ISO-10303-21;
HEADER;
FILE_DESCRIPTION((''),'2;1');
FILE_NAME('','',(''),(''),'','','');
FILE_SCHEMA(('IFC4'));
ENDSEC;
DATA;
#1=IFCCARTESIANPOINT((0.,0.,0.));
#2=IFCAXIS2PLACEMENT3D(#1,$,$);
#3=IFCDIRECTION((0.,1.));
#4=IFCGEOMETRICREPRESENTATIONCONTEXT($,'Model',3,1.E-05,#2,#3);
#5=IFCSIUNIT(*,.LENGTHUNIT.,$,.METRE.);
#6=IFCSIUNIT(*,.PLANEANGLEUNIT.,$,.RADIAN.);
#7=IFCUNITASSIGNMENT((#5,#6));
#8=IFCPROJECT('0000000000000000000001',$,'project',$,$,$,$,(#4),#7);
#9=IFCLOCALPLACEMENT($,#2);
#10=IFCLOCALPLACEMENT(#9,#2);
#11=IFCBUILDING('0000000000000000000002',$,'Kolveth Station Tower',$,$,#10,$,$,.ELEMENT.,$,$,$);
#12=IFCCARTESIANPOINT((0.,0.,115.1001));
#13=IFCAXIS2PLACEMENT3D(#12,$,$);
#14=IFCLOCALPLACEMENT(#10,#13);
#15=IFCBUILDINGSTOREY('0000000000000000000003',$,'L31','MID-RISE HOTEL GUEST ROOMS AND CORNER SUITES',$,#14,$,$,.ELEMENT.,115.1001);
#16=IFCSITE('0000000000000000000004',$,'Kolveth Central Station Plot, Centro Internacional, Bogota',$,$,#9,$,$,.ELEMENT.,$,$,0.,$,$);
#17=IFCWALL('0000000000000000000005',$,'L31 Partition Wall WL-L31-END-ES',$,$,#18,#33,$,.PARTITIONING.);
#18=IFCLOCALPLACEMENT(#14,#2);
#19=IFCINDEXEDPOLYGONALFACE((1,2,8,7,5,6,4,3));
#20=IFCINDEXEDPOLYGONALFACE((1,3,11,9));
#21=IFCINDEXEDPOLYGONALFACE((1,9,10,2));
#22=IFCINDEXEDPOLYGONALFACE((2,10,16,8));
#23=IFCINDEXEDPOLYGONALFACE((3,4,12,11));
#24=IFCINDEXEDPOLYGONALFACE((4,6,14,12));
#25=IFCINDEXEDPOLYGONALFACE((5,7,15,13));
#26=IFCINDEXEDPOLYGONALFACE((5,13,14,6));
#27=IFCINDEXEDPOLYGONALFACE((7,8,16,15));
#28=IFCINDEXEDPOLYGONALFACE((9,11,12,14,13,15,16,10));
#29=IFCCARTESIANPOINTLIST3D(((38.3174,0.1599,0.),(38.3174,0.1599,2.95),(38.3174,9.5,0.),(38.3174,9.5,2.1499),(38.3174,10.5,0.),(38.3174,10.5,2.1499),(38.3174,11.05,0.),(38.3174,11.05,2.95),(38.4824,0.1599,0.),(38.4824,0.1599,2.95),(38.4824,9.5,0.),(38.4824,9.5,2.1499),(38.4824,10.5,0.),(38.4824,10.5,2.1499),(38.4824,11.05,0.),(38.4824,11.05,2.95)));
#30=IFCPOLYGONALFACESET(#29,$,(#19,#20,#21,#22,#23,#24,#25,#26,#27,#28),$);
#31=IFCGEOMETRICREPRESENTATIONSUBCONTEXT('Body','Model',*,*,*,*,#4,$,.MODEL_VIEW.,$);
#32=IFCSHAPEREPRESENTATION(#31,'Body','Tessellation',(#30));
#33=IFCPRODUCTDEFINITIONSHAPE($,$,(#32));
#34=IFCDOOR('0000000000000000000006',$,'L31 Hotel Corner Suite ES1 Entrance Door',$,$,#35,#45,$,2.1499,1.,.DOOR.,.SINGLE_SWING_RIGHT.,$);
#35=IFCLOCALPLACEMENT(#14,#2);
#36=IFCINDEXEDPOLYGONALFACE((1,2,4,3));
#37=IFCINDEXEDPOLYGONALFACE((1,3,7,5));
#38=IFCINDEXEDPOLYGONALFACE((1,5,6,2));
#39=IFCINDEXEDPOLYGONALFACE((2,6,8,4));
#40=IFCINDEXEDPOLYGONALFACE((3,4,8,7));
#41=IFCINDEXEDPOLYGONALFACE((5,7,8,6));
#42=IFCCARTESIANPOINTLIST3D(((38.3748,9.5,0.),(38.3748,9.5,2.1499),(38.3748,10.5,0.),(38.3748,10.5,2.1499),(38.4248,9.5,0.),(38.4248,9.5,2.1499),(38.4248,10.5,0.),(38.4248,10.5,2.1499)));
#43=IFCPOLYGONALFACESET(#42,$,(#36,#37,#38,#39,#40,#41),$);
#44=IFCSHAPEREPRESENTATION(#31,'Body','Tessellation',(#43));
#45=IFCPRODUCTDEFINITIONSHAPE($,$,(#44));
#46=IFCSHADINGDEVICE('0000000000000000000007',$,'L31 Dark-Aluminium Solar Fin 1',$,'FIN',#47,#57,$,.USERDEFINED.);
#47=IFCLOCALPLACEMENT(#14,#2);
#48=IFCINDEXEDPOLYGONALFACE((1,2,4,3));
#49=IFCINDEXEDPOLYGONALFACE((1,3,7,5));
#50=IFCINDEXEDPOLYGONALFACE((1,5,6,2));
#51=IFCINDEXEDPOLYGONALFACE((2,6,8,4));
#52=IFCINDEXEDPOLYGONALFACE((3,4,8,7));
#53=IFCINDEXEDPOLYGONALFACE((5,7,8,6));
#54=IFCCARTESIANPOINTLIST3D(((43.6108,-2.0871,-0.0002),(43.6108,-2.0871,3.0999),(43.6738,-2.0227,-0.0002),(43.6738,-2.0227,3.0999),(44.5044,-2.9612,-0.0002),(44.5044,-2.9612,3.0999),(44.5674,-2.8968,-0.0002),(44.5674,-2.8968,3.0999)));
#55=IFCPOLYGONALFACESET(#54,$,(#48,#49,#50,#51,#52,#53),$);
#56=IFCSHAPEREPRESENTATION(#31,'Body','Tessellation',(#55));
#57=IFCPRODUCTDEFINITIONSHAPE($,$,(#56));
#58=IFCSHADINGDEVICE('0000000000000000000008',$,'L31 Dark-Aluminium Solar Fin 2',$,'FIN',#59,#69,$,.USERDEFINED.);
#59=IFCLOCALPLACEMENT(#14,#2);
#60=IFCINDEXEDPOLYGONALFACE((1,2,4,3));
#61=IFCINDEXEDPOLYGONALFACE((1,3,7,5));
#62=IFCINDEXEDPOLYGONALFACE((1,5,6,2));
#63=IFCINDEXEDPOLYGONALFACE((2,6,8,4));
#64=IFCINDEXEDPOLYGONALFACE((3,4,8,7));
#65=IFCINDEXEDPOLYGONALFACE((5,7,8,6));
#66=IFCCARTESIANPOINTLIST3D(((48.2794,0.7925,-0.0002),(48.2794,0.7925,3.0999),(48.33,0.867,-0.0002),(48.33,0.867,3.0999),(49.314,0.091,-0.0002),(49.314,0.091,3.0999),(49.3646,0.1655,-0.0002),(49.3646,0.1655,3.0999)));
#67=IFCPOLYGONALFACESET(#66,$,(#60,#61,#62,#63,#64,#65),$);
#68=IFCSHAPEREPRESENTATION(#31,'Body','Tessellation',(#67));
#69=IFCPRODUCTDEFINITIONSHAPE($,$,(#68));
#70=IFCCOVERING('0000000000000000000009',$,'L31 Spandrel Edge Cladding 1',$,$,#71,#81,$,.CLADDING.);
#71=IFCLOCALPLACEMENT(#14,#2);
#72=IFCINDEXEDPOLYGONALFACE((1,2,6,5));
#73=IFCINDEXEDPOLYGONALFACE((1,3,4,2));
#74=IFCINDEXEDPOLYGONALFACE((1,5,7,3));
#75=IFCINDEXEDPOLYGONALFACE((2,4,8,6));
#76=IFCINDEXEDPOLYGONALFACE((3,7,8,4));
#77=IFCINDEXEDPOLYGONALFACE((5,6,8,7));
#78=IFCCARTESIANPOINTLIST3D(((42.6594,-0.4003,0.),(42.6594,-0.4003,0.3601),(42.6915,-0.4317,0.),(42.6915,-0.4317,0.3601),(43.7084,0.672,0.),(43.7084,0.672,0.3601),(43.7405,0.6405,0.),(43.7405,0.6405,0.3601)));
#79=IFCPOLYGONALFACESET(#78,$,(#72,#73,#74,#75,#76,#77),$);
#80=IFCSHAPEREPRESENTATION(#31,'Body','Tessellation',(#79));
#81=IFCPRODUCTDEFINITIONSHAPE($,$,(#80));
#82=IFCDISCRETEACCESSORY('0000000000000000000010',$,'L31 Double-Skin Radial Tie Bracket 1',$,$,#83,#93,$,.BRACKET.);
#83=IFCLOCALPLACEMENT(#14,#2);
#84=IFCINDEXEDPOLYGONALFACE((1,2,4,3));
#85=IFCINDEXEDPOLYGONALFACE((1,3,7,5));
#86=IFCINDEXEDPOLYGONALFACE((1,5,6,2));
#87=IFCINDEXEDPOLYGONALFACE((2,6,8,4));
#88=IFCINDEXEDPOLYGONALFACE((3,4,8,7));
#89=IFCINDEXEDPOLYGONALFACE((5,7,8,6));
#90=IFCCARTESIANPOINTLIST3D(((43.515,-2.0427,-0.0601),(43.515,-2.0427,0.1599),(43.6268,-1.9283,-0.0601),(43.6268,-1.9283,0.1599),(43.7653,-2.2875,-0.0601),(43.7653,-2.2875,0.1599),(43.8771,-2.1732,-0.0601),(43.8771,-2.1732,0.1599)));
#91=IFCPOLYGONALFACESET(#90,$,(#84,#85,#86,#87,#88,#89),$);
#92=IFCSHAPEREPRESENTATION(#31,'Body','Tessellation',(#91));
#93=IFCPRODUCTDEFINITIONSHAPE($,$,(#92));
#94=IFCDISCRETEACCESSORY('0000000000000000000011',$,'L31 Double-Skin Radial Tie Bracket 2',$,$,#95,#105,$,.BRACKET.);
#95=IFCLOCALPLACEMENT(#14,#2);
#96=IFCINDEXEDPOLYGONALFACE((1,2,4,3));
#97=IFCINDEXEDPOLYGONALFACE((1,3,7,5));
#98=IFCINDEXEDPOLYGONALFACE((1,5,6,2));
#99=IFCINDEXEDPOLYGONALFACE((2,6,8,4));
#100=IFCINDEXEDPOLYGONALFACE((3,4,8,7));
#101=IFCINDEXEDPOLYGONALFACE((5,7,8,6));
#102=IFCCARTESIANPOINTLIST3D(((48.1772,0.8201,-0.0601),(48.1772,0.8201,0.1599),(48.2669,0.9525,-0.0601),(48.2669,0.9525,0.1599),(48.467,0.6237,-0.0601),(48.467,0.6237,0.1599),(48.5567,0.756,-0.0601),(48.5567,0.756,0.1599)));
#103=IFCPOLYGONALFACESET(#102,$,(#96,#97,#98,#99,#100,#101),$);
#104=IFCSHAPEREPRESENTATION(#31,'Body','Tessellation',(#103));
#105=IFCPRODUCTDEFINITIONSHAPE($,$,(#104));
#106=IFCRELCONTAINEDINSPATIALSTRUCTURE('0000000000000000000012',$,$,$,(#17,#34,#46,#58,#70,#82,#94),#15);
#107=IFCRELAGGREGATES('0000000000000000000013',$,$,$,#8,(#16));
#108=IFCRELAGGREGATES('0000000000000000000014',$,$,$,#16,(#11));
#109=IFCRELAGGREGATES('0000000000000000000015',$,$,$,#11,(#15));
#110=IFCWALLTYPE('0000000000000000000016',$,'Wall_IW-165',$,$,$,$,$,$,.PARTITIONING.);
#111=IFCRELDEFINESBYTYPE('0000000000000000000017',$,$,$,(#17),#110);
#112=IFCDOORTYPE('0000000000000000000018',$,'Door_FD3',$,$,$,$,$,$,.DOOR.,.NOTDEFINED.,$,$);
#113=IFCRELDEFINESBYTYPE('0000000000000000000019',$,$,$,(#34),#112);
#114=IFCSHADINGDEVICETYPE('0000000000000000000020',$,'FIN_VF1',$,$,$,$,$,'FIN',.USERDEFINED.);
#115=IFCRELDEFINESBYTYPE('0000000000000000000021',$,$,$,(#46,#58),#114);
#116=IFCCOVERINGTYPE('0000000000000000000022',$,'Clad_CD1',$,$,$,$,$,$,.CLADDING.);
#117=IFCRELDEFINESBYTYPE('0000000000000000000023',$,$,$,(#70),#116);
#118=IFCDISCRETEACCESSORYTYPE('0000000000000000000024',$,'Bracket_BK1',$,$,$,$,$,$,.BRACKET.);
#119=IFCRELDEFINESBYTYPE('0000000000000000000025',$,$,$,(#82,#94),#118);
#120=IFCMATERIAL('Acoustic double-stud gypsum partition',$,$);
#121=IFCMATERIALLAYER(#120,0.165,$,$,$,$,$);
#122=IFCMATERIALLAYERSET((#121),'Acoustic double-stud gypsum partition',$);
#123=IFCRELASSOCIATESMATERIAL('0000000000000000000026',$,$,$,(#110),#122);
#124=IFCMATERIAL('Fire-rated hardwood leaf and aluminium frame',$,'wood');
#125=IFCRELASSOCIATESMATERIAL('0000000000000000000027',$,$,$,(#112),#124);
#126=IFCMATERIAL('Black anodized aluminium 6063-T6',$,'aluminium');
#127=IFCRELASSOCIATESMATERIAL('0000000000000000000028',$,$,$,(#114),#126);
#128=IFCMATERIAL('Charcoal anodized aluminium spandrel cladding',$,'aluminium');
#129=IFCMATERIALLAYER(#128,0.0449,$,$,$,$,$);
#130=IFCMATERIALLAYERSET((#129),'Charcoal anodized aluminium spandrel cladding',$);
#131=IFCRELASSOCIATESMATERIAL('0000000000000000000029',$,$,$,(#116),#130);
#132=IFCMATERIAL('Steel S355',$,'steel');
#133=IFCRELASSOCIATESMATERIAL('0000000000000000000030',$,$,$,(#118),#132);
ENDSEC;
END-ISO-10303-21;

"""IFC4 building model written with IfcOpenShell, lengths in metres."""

from ifc_helpers import new_model, si_unit, direction, frame, frame_2d, origin, origin_2d, place, context, subcontext, project, spatial, rectangle, extrude, source, transform, mapped, material, layer, layer_set, type_object, element, fill, save


model = new_model("IFC4")

# Units and contexts
model_context = context("Model", 3, precision=1e-05, world=origin(), true_north=direction((0.0, 1.0)))
body_context = subcontext(model_context, "Body", "Model", "MODEL_VIEW")
ifc_project = project(units=[si_unit("LENGTHUNIT", "METRE"), si_unit("PLANEANGLEUNIT", "RADIAN")], contexts=[model_context])

# Site, building, storey
site_placement = place(None, origin())
site = spatial("IfcSite", under=ifc_project, at=site_placement, Name="Kolveth Central Station Plot, Centro Internacional, Bogota", CompositionType="ELEMENT", RefElevation=0.0)
building_placement = place(site_placement, origin())
building = spatial("IfcBuilding", under=site, at=building_placement, Name="Kolveth Station Tower", CompositionType="ELEMENT")
storey_placement = place(building_placement, frame((0.0, 0.0, 115.1001)))
storey = spatial("IfcBuildingStorey", under=building, at=storey_placement, Name="L31", Description="MID-RISE HOTEL GUEST ROOMS AND CORNER SUITES", CompositionType="ELEMENT", Elevation=115.1001)

# Shared definitions
ifc_material_1 = material(Name="Steel S355", Category="steel")

# Shared definitions
ifc_material_2 = material(Name="Black anodized aluminium 6063-T6", Category="aluminium")

# Wall, opening, door
ifc_material_3 = material(Name="Acoustic double-stud gypsum partition")
ifc_layer_1 = layer(ifc_material_3, 0.165)
ifc_layer_set_1 = layer_set([ifc_layer_1], Name="Acoustic double-stud gypsum partition")
wall_type = type_object("IfcWallType", Name="Wall_IW-165", PredefinedType="PARTITIONING", material=ifc_layer_set_1)
wall_placement = place(storey_placement, frame((38.3999, 0.1599, 0.0), z_axis=(0.0, 0.0, 1.0), x_axis=(0.0, 1.0, 0.0)))
wall = element("IfcWall", 1, at=wall_placement, inside=storey, type_object=wall_type, Name="L31 Partition Wall WL-L31-END-ES", PredefinedType="PARTITIONING", context=body_context, shape_type="SweptSolid", body=[
    extrude(rectangle(XDim=10.8901, YDim=0.165, at=frame_2d((5.4451, 0.0))), origin(), (0.0, 0.0, 1.0), 2.95),
])
opening_placement = place(wall_placement, frame((9.3401, 0.0, 0.0)))
opening = element("IfcOpeningElement", 2, at=opening_placement, cuts=wall, PredefinedType="OPENING", context=body_context, shape_type="SweptSolid", body=[
    extrude(rectangle(XDim=1.0, YDim=2.1499, at=frame_2d((0.5, 1.075))), frame((0.0, 0.0925, 0.0), z_axis=(0.0, -1.0, 0.0), x_axis=(1.0, 0.0, 0.0)), (0.0, 0.0, 1.0), 0.1851),
])
ifc_material_4 = material(Name="Fire-rated hardwood leaf and aluminium frame", Category="wood")
door_type = type_object("IfcDoorType", Name="Door_FD3", OperationType="NOTDEFINED", PredefinedType="DOOR", material=ifc_material_4)
door_placement = place(opening_placement, frame((1.0, 0.0, 0.0), z_axis=(0.0, 0.0, 1.0), x_axis=(-1.0, 0.0, 0.0)))
door = element("IfcDoor", 3, at=door_placement, inside=storey, type_object=door_type, Name="L31 Hotel Corner Suite ES1 Entrance Door", OperationType="SINGLE_SWING_RIGHT", OverallHeight=2.1499, OverallWidth=1.0, PredefinedType="DOOR", context=body_context, shape_type="SweptSolid", body=[
    extrude(rectangle(XDim=1.0, YDim=2.1499, at=frame_2d((0.5, 1.075))), frame((0.0, 0.0249, 0.0), z_axis=(0.0, -1.0, 0.0), x_axis=(1.0, 0.0, 0.0)), (0.0, 0.0, 1.0), 0.05),
])
fill(opening, door)

# Shading devices
shading_device_type = type_object("IfcShadingDeviceType", Name="FIN_VF1", ElementType="FIN", PredefinedType="USERDEFINED", material=ifc_material_2)
shared_shape_1 = source(origin(), body_context, "Body", "SweptSolid", [
    extrude(rectangle(XDim=1.25, YDim=0.0901, at=origin_2d()), origin(), (0.0, 0.0, 1.0), 3.1001),
])
for number, where, z_axis, x_axis, name in (
    (4, (44.0891, -2.4919, -0.0002), (0.0, 0.0, 1.0), (0.714839, -0.699289, 0.0), "L31 Dark-Aluminium Solar Fin 1"),
    (5, (48.822, 0.479, -0.0002), (0.0, 0.0, 1.0), (0.827669, -0.561217, 0.0), "L31 Dark-Aluminium Solar Fin 2"),
):
    element("IfcShadingDevice", number, at=place(storey_placement, frame(where, z_axis=z_axis, x_axis=x_axis)), inside=storey, type_object=shading_device_type, Name=name, ObjectType="FIN", PredefinedType="USERDEFINED", context=body_context, shape_type="MappedRepresentation", body=[
        mapped(shared_shape_1, transform((0.0, 0.0, 0.0), x_axis=(1.0, 0.0, 0.0), y_axis=(0.0, 1.0, 0.0), z_axis=(0.0, 0.0, 1.0), scale=1.0)),
    ])

# Covering
ifc_material_5 = material(Name="Charcoal anodized aluminium spandrel cladding", Category="aluminium")
ifc_layer_2 = layer(ifc_material_5, 0.0449)
ifc_layer_set_2 = layer_set([ifc_layer_2], Name="Charcoal anodized aluminium spandrel cladding")
covering_type = type_object("IfcCoveringType", Name="Clad_CD1", PredefinedType="CLADDING", material=ifc_layer_set_2)
shared_shape_2 = source(origin(), body_context, "Body", "SweptSolid", [
    extrude(rectangle(XDim=1.5, YDim=0.0449, at=origin_2d()), origin(), (0.0, 0.0, 1.0), 0.3601),
])
covering_placement = place(storey_placement, frame((43.2, 0.1201, 0.0), z_axis=(0.0, 0.0, 1.0), x_axis=(0.699289, 0.714839, 0.0)))
element("IfcCovering", 6, at=covering_placement, inside=storey, type_object=covering_type, Name="L31 Spandrel Edge Cladding 1", PredefinedType="CLADDING", context=body_context, shape_type="MappedRepresentation", body=[
    mapped(shared_shape_2, transform((0.0, 0.0, 0.0), x_axis=(1.0, 0.0, 0.0), y_axis=(0.0, 1.0, 0.0), z_axis=(0.0, 0.0, 1.0), scale=1.0)),
])

# Discrete accessories
discrete_accessory_type = type_object("IfcDiscreteAccessoryType", Name="Bracket_BK1", PredefinedType="BRACKET", material=ifc_material_1)
shared_shape_3 = source(origin(), body_context, "Body", "SweptSolid", [
    extrude(rectangle(XDim=0.3501, YDim=0.1599, at=origin_2d()), origin(), (0.0, 0.0, 1.0), 0.22),
])
for number, where, z_axis, x_axis, name in (
    (7, (43.696, -2.1079, -0.0601), (0.0, 0.0, 1.0), (0.714839, -0.699289, 0.0), "L31 Double-Skin Radial Tie Bracket 1"),
    (8, (48.3669, 0.7881, -0.0601), (0.0, 0.0, 1.0), (0.827669, -0.561217, 0.0), "L31 Double-Skin Radial Tie Bracket 2"),
):
    element("IfcDiscreteAccessory", number, at=place(storey_placement, frame(where, z_axis=z_axis, x_axis=x_axis)), inside=storey, type_object=discrete_accessory_type, Name=name, PredefinedType="BRACKET", context=body_context, shape_type="MappedRepresentation", body=[
        mapped(shared_shape_3, transform((0.0, 0.0, 0.0), x_axis=(1.0, 0.0, 0.0), y_axis=(0.0, 1.0, 0.0), z_axis=(0.0, 0.0, 1.0), scale=1.0)),
    ])

save(model, "model.ifc")
